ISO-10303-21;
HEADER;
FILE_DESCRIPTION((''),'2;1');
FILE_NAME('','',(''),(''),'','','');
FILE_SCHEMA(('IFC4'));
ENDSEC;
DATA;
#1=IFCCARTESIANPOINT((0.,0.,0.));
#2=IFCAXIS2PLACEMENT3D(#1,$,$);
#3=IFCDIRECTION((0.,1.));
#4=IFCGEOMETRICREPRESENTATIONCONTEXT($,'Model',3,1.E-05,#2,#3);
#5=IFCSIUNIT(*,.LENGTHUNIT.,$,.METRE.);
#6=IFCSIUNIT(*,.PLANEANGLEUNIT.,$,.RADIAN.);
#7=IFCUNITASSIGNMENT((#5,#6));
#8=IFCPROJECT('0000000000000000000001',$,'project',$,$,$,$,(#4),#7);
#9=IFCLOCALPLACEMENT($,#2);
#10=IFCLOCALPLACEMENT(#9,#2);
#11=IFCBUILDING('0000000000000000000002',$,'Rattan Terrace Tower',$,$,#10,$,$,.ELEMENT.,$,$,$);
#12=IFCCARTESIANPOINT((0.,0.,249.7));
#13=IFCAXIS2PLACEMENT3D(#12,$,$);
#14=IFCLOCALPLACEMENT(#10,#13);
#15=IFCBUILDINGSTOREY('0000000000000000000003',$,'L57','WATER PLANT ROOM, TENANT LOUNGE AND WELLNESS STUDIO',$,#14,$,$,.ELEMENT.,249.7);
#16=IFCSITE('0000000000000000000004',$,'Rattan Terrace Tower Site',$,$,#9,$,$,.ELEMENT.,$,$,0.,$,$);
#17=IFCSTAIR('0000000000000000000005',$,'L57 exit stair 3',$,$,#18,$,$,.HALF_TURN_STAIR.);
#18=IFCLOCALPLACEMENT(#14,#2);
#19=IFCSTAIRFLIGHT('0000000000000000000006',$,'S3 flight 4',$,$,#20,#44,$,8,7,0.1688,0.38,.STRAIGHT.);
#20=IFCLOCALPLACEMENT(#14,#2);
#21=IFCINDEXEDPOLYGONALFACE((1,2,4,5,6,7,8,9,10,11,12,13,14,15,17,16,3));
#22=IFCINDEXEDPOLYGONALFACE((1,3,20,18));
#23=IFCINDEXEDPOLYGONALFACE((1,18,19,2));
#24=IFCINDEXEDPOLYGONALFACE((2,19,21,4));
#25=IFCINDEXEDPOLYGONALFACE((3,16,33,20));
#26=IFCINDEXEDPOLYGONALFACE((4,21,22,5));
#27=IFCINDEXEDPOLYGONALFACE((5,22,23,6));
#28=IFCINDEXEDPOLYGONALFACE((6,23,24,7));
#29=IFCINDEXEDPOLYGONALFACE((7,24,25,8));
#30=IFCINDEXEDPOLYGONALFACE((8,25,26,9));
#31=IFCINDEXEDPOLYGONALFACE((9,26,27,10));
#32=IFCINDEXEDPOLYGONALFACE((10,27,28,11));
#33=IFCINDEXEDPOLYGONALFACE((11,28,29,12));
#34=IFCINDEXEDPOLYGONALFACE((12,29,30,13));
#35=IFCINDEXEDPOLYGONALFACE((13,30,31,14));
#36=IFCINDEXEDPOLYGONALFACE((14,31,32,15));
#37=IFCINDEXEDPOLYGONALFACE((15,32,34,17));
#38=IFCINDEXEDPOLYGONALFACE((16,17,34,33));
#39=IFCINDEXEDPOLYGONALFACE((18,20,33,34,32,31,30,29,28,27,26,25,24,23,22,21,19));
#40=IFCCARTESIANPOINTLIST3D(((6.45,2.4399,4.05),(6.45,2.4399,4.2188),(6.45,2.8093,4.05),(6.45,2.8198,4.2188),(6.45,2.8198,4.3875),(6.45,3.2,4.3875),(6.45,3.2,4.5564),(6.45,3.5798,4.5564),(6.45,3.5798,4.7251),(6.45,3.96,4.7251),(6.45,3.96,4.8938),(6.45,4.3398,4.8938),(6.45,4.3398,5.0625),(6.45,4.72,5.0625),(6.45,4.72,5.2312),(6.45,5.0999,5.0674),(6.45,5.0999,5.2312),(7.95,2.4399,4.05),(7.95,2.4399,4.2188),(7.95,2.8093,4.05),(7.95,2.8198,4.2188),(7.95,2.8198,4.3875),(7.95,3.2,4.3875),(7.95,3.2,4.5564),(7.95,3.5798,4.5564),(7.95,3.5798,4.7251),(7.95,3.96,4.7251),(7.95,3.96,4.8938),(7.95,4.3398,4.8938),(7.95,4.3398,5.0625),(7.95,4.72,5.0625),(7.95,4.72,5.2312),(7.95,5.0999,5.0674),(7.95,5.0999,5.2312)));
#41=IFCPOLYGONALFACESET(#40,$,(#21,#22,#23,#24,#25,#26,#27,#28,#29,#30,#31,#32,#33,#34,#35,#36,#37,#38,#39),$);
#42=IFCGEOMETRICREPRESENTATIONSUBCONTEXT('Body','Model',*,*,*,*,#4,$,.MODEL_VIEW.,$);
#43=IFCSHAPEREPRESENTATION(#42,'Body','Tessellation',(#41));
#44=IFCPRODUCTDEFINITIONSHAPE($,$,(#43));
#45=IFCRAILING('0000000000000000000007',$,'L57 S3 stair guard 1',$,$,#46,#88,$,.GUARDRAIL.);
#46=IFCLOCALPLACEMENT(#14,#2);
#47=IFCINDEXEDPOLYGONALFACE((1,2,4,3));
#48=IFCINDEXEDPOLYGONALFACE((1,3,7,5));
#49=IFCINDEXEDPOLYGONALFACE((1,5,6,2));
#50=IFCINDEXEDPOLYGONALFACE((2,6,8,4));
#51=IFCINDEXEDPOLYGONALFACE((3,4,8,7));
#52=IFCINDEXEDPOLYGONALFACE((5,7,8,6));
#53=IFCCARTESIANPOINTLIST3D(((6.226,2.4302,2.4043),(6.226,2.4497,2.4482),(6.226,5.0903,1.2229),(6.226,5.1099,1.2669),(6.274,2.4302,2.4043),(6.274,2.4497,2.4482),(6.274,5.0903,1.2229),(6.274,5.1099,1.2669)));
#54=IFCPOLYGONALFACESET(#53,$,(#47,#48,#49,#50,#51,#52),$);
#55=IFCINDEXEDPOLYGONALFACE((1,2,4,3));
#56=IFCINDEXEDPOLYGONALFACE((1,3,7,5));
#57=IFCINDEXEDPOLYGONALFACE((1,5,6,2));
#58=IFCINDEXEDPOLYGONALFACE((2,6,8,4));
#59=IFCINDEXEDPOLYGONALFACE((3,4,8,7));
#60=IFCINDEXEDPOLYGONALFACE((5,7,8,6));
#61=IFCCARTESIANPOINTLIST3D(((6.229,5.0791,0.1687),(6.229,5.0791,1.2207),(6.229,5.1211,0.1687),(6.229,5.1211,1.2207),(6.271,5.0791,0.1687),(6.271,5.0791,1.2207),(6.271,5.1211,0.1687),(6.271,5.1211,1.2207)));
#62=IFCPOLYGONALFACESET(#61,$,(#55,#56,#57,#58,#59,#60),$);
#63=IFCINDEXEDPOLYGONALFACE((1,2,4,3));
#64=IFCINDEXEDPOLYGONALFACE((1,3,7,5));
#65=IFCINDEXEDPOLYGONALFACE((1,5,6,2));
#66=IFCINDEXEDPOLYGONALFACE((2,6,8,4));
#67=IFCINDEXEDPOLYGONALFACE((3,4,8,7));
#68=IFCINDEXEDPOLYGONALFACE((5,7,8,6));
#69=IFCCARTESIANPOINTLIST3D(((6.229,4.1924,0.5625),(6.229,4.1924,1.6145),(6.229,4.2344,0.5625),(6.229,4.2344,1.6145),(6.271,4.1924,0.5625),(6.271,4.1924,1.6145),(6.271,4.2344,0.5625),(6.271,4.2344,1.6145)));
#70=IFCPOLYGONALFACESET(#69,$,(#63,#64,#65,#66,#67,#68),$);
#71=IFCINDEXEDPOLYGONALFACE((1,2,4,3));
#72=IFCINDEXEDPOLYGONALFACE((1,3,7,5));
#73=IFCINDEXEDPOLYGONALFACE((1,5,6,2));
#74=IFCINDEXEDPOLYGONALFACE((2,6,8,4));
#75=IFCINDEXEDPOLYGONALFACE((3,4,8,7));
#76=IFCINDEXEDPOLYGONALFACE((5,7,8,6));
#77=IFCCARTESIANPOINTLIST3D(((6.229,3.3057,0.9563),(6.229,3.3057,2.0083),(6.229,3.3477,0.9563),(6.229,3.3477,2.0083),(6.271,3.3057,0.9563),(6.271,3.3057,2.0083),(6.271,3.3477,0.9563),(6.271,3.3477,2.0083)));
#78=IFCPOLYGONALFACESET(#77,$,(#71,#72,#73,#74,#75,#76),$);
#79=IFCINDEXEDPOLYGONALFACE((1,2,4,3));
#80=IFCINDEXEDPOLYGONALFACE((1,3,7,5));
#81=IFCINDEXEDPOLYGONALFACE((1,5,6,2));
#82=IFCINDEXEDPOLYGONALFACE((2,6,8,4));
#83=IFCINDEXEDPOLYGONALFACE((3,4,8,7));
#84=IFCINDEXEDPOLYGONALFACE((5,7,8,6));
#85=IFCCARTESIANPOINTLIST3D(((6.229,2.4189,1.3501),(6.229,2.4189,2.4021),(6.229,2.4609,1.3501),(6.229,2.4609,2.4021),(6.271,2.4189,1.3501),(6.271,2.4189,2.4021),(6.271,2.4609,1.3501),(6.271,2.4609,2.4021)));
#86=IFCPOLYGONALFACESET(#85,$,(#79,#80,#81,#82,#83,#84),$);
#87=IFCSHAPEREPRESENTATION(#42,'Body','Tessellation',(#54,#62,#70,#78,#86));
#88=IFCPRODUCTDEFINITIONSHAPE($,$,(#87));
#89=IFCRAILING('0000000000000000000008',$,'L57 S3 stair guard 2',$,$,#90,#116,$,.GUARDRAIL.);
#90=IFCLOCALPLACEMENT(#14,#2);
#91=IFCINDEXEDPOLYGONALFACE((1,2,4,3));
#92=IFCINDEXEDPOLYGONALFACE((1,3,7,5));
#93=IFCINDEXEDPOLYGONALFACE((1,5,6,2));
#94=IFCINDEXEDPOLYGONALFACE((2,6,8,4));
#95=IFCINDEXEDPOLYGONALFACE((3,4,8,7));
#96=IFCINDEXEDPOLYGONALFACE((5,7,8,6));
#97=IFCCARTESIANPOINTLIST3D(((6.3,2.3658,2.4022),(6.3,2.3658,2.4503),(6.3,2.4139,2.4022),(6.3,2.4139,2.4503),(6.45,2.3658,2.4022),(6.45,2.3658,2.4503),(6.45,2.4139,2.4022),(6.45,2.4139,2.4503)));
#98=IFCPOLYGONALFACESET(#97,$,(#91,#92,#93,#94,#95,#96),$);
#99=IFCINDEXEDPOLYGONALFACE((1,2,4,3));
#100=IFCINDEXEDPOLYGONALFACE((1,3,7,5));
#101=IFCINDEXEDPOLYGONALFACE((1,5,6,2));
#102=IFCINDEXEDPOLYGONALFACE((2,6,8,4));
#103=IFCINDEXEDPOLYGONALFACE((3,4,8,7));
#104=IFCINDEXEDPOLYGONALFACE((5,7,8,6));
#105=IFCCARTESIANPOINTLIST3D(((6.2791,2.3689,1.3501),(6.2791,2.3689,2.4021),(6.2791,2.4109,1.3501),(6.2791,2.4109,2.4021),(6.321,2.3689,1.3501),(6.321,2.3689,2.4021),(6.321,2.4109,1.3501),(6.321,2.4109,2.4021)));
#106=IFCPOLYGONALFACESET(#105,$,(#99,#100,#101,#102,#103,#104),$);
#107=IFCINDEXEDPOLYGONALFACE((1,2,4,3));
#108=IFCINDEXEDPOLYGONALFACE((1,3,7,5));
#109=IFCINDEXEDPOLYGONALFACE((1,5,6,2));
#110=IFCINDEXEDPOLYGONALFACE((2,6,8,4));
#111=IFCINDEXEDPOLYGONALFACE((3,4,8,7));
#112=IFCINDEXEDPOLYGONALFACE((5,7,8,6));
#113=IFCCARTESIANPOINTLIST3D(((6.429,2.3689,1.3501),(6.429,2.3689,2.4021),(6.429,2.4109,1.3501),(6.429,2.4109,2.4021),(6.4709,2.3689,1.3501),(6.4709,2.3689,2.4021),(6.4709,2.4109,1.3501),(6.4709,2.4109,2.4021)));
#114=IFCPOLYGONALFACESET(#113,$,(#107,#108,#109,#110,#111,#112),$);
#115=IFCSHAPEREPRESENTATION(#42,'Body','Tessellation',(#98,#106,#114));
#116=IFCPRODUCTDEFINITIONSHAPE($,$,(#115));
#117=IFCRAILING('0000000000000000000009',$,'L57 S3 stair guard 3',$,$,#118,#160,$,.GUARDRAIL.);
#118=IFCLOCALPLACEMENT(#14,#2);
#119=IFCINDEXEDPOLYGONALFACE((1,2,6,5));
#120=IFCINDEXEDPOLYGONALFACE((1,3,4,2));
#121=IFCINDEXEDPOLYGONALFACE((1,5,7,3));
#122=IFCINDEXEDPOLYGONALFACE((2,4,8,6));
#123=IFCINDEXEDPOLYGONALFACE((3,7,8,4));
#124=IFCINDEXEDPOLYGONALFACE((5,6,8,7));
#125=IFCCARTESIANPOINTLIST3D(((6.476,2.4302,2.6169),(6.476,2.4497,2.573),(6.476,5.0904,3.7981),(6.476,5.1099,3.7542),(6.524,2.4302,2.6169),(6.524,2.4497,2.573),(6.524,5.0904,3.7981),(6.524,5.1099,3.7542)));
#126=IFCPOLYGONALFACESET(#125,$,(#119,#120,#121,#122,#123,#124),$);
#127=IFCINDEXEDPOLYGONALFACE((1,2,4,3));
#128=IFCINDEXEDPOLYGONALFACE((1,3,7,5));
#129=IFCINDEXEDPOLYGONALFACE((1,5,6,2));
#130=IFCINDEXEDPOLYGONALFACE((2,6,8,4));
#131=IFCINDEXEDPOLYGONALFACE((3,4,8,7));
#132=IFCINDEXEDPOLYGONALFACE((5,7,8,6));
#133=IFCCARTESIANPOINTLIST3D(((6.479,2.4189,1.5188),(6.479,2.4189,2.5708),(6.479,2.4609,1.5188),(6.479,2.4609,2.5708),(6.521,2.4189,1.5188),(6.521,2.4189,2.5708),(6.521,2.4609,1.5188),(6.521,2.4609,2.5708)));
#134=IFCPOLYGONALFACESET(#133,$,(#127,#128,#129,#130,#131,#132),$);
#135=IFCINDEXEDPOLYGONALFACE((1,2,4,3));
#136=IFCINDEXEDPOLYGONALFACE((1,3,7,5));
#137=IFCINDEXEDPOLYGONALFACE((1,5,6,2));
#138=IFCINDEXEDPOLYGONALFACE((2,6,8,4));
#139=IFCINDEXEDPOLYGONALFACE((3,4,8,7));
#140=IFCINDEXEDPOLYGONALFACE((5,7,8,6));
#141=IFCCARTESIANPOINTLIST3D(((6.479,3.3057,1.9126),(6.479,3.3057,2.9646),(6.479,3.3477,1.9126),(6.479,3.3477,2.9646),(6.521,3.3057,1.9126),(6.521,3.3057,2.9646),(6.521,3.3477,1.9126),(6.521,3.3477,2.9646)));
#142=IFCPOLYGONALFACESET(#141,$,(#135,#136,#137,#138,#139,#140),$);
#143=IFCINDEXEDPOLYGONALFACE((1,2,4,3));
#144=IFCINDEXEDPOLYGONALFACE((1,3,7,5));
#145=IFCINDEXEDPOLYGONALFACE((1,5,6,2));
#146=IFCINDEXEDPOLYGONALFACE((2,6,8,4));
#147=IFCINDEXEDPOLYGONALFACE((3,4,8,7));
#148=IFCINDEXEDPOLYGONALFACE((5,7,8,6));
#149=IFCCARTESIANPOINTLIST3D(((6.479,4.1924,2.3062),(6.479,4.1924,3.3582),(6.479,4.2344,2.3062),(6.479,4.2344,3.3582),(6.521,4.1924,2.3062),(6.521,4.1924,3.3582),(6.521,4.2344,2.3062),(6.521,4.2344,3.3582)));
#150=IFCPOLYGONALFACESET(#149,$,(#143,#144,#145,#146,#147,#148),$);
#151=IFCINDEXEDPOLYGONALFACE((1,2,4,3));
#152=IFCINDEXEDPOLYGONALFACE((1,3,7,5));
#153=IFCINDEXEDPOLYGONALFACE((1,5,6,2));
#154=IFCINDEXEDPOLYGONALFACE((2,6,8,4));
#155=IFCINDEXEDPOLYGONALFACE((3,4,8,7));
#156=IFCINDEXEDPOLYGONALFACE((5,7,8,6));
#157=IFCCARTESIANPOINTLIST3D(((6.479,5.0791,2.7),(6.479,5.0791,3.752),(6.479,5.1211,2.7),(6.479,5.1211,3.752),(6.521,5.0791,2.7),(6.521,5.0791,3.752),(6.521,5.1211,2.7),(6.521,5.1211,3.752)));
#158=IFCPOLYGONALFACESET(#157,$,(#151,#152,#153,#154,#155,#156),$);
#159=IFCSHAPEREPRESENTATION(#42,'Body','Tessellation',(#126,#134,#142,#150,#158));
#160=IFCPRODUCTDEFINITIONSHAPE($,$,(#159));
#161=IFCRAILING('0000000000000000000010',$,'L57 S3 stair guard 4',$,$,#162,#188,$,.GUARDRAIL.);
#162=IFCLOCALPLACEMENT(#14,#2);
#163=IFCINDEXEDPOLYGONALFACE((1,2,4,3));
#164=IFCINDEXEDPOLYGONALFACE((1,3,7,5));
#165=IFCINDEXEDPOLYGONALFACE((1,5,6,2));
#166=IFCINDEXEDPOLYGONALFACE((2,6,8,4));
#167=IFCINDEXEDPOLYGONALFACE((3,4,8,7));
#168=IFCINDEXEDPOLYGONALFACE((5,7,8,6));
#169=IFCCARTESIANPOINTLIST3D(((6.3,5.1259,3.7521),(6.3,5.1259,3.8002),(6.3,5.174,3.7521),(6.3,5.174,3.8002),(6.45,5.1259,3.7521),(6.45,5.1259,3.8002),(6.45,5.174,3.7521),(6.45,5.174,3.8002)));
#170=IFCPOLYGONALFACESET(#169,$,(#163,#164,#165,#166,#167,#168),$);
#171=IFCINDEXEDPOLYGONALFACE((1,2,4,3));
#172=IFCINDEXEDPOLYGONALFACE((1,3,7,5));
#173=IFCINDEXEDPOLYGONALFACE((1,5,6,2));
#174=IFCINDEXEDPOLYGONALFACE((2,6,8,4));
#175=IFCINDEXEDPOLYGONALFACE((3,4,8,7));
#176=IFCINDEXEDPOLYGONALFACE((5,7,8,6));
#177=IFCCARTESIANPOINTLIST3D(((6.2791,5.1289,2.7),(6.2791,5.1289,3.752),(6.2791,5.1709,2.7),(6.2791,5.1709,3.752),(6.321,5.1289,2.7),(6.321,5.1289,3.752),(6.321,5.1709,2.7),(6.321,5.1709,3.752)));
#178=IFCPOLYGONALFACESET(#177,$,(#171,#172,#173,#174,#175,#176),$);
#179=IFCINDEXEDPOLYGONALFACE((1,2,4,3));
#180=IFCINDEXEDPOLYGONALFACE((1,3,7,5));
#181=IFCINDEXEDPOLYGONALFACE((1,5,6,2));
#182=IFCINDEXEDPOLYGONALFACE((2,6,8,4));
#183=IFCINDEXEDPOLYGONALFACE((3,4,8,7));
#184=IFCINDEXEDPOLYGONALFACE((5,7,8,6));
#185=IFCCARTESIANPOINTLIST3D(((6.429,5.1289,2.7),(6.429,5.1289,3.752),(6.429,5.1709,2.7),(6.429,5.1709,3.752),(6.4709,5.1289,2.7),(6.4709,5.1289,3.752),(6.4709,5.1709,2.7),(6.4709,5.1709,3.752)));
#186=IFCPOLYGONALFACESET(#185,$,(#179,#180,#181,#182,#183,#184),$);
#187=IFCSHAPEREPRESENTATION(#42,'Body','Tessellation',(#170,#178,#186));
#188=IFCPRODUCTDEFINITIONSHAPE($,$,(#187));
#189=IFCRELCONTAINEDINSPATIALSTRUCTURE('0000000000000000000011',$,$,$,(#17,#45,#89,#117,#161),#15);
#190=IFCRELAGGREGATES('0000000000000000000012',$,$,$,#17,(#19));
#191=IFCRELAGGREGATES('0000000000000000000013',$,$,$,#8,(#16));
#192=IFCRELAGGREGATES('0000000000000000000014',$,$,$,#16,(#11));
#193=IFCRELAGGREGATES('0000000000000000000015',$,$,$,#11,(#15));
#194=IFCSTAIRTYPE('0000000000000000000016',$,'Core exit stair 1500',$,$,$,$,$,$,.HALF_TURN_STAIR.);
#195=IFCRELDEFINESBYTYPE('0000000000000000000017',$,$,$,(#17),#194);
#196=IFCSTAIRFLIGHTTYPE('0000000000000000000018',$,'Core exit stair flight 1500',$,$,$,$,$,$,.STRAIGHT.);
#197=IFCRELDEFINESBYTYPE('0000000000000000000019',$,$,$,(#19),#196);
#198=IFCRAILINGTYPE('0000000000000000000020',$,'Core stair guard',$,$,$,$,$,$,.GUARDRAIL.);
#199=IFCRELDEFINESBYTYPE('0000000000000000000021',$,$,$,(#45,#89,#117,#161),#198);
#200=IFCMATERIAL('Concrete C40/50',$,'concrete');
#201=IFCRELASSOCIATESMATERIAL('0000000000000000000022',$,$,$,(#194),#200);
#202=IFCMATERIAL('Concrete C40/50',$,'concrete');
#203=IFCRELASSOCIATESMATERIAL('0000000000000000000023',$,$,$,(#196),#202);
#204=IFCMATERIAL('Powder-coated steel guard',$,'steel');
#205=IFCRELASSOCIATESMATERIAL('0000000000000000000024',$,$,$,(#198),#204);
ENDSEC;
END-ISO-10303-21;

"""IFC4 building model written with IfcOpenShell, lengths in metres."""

from ifc_helpers import new_model, si_unit, direction, frame, origin, origin_2d, place, context, subcontext, project, spatial, polyline, rectangle, outline, extrude, material, type_object, element, aggregate, save


model = new_model("IFC4")

# Units and contexts
model_context = context("Model", 3, precision=1e-05, world=origin(), true_north=direction((0.0, 1.0)))
body_context = subcontext(model_context, "Body", "Model", "MODEL_VIEW")
ifc_project = project(units=[si_unit("LENGTHUNIT", "METRE"), si_unit("PLANEANGLEUNIT", "RADIAN")], contexts=[model_context])

# Site, building, storey
site_placement = place(None, origin())
site = spatial("IfcSite", under=ifc_project, at=site_placement, Name="Rattan Terrace Tower Site", CompositionType="ELEMENT", RefElevation=0.0)
building_placement = place(site_placement, origin())
building = spatial("IfcBuilding", under=site, at=building_placement, Name="Rattan Terrace Tower", CompositionType="ELEMENT")
storey_placement = place(building_placement, frame((0.0, 0.0, 249.7)))
storey = spatial("IfcBuildingStorey", under=building, at=storey_placement, Name="L57", Description="WATER PLANT ROOM, TENANT LOUNGE AND WELLNESS STUDIO", CompositionType="ELEMENT", Elevation=249.7)

# Stair, stair flight
ifc_material_1 = material(Name="Concrete C40/50", Category="concrete")
stair_type = type_object("IfcStairType", Name="Core exit stair 1500", PredefinedType="HALF_TURN_STAIR", material=ifc_material_1)
stair_placement = place(storey_placement, origin())
stair = element("IfcStair", 1, at=stair_placement, inside=storey, type_object=stair_type, Name="L57 exit stair 3", PredefinedType="HALF_TURN_STAIR")
ifc_material_2 = material(Name="Concrete C40/50", Category="concrete")
stair_flight_type = type_object("IfcStairFlightType", Name="Core exit stair flight 1500", PredefinedType="STRAIGHT", material=ifc_material_2)
stair_flight_1_placement = place(storey_placement, frame((7.2, 2.4399, 4.05), z_axis=(0.0, 0.0, 1.0), x_axis=(0.0, 1.0, 0.0)))
stair_flight_1 = element("IfcStairFlight", 2, at=stair_flight_1_placement, type_object=stair_flight_type, Name="S3 flight 4", NumberOfRisers=8, NumberOfTreads=7, PredefinedType="STRAIGHT", RiserHeight=0.1688, TreadLength=0.38, context=body_context, shape_type="SweptSolid", body=[
    extrude(outline(polyline([(0.0, 0.0), (0.0, 0.1687), (0.3799, 0.1687), (0.3799, 0.3374), (0.76, 0.3374), (0.76, 0.5063), (1.1399, 0.5063), (1.1399, 0.675), (1.52, 0.675), (1.52, 0.8438), (1.8999, 0.8438), (1.8999, 1.0125), (2.28, 1.0125), (2.28, 1.1812), (2.6599, 1.1812), (2.6599, 1.3501), (2.6599, 1.0173), (0.3694, 0.0), (0.0, 0.0)])), frame((0.0, 0.75, 0.0), z_axis=(0.0, -1.0, 0.0), x_axis=(1.0, 0.0, 0.0)), (0.0, 0.0, 1.0), 1.5),
])
aggregate(stair, [stair_flight_1])

# Railings
ifc_material_3 = material(Name="Powder-coated steel guard", Category="steel")
railing_type_1 = type_object("IfcRailingType", Name="Core stair guard", PredefinedType="GUARDRAIL", material=ifc_material_3)
railing_1_placement = place(storey_placement, frame((6.25, 5.1001, 0.1687)))
element("IfcRailing", 3, at=railing_1_placement, inside=storey, type_object=railing_type_1, Name="L57 S3 stair guard 1", PredefinedType="GUARDRAIL", context=body_context, shape_type="SweptSolid", body=[
    extrude(rectangle(XDim=0.0481, YDim=0.0481, at=origin_2d()), frame((0.0, 0.0, 1.0762), z_axis=(0.0, -0.913926, 0.405882), x_axis=(1.0, 0.0, 0.0)), (0.0, 0.0, 1.0), 2.9106),
    extrude(rectangle(XDim=0.042, YDim=0.042, at=origin_2d()), origin(), (0.0, 0.0, 1.0), 1.052),
    extrude(rectangle(XDim=0.042, YDim=0.042, at=origin_2d()), frame((0.0, -0.8867, 0.3938)), (0.0, 0.0, 1.0), 1.052),
    extrude(rectangle(XDim=0.042, YDim=0.042, at=origin_2d()), frame((0.0, -1.7734, 0.7876)), (0.0, 0.0, 1.0), 1.052),
    extrude(rectangle(XDim=0.042, YDim=0.042, at=origin_2d()), frame((0.0, -2.6602, 1.1814)), (0.0, 0.0, 1.0), 1.052),
])
railing_2_placement = place(storey_placement, frame((6.3, 2.3899, 1.3501)))
element("IfcRailing", 4, at=railing_2_placement, inside=storey, type_object=railing_type_1, Name="L57 S3 stair guard 2", PredefinedType="GUARDRAIL", context=body_context, shape_type="SweptSolid", body=[
    extrude(rectangle(XDim=0.0481, YDim=0.0481, at=origin_2d()), frame((0.0, 0.0, 1.0762), z_axis=(1.0, 0.0, 0.0), x_axis=(0.0, 1.0, 0.0)), (0.0, 0.0, 1.0), 0.1499),
    extrude(rectangle(XDim=0.042, YDim=0.042, at=origin_2d()), origin(), (0.0, 0.0, 1.0), 1.052),
    extrude(rectangle(XDim=0.042, YDim=0.042, at=origin_2d()), frame((0.1499, 0.0, 0.0)), (0.0, 0.0, 1.0), 1.052),
])
railing_3_placement = place(storey_placement, frame((6.5, 2.4399, 1.5188)))
element("IfcRailing", 5, at=railing_3_placement, inside=storey, type_object=railing_type_1, Name="L57 S3 stair guard 3", PredefinedType="GUARDRAIL", context=body_context, shape_type="SweptSolid", body=[
    extrude(rectangle(XDim=0.0481, YDim=0.0481, at=origin_2d()), frame((0.0, 0.0, 1.0762), z_axis=(0.0, 0.913957, 0.405812), x_axis=(-1.0, 0.0, 0.0)), (0.0, 0.0, 1.0), 2.9106),
    extrude(rectangle(XDim=0.042, YDim=0.042, at=origin_2d()), origin(), (0.0, 0.0, 1.0), 1.052),
    extrude(rectangle(XDim=0.042, YDim=0.042, at=origin_2d()), frame((0.0, 0.8867, 0.3938)), (0.0, 0.0, 1.0), 1.052),
    extrude(rectangle(XDim=0.042, YDim=0.042, at=origin_2d()), frame((0.0, 1.7734, 0.7874)), (0.0, 0.0, 1.0), 1.052),
    extrude(rectangle(XDim=0.042, YDim=0.042, at=origin_2d()), frame((0.0, 2.6602, 1.1812)), (0.0, 0.0, 1.0), 1.052),
])
railing_4_placement = place(storey_placement, frame((6.3, 5.1499, 2.7)))
element("IfcRailing", 6, at=railing_4_placement, inside=storey, type_object=railing_type_1, Name="L57 S3 stair guard 4", PredefinedType="GUARDRAIL", context=body_context, shape_type="SweptSolid", body=[
    extrude(rectangle(XDim=0.0481, YDim=0.0481, at=origin_2d()), frame((0.0, 0.0, 1.0762), z_axis=(1.0, 0.0, 0.0), x_axis=(0.0, 1.0, 0.0)), (0.0, 0.0, 1.0), 0.1499),
    extrude(rectangle(XDim=0.042, YDim=0.042, at=origin_2d()), origin(), (0.0, 0.0, 1.0), 1.052),
    extrude(rectangle(XDim=0.042, YDim=0.042, at=origin_2d()), frame((0.1499, 0.0, 0.0)), (0.0, 0.0, 1.0), 1.052),
])

save(model, "model.ifc")
